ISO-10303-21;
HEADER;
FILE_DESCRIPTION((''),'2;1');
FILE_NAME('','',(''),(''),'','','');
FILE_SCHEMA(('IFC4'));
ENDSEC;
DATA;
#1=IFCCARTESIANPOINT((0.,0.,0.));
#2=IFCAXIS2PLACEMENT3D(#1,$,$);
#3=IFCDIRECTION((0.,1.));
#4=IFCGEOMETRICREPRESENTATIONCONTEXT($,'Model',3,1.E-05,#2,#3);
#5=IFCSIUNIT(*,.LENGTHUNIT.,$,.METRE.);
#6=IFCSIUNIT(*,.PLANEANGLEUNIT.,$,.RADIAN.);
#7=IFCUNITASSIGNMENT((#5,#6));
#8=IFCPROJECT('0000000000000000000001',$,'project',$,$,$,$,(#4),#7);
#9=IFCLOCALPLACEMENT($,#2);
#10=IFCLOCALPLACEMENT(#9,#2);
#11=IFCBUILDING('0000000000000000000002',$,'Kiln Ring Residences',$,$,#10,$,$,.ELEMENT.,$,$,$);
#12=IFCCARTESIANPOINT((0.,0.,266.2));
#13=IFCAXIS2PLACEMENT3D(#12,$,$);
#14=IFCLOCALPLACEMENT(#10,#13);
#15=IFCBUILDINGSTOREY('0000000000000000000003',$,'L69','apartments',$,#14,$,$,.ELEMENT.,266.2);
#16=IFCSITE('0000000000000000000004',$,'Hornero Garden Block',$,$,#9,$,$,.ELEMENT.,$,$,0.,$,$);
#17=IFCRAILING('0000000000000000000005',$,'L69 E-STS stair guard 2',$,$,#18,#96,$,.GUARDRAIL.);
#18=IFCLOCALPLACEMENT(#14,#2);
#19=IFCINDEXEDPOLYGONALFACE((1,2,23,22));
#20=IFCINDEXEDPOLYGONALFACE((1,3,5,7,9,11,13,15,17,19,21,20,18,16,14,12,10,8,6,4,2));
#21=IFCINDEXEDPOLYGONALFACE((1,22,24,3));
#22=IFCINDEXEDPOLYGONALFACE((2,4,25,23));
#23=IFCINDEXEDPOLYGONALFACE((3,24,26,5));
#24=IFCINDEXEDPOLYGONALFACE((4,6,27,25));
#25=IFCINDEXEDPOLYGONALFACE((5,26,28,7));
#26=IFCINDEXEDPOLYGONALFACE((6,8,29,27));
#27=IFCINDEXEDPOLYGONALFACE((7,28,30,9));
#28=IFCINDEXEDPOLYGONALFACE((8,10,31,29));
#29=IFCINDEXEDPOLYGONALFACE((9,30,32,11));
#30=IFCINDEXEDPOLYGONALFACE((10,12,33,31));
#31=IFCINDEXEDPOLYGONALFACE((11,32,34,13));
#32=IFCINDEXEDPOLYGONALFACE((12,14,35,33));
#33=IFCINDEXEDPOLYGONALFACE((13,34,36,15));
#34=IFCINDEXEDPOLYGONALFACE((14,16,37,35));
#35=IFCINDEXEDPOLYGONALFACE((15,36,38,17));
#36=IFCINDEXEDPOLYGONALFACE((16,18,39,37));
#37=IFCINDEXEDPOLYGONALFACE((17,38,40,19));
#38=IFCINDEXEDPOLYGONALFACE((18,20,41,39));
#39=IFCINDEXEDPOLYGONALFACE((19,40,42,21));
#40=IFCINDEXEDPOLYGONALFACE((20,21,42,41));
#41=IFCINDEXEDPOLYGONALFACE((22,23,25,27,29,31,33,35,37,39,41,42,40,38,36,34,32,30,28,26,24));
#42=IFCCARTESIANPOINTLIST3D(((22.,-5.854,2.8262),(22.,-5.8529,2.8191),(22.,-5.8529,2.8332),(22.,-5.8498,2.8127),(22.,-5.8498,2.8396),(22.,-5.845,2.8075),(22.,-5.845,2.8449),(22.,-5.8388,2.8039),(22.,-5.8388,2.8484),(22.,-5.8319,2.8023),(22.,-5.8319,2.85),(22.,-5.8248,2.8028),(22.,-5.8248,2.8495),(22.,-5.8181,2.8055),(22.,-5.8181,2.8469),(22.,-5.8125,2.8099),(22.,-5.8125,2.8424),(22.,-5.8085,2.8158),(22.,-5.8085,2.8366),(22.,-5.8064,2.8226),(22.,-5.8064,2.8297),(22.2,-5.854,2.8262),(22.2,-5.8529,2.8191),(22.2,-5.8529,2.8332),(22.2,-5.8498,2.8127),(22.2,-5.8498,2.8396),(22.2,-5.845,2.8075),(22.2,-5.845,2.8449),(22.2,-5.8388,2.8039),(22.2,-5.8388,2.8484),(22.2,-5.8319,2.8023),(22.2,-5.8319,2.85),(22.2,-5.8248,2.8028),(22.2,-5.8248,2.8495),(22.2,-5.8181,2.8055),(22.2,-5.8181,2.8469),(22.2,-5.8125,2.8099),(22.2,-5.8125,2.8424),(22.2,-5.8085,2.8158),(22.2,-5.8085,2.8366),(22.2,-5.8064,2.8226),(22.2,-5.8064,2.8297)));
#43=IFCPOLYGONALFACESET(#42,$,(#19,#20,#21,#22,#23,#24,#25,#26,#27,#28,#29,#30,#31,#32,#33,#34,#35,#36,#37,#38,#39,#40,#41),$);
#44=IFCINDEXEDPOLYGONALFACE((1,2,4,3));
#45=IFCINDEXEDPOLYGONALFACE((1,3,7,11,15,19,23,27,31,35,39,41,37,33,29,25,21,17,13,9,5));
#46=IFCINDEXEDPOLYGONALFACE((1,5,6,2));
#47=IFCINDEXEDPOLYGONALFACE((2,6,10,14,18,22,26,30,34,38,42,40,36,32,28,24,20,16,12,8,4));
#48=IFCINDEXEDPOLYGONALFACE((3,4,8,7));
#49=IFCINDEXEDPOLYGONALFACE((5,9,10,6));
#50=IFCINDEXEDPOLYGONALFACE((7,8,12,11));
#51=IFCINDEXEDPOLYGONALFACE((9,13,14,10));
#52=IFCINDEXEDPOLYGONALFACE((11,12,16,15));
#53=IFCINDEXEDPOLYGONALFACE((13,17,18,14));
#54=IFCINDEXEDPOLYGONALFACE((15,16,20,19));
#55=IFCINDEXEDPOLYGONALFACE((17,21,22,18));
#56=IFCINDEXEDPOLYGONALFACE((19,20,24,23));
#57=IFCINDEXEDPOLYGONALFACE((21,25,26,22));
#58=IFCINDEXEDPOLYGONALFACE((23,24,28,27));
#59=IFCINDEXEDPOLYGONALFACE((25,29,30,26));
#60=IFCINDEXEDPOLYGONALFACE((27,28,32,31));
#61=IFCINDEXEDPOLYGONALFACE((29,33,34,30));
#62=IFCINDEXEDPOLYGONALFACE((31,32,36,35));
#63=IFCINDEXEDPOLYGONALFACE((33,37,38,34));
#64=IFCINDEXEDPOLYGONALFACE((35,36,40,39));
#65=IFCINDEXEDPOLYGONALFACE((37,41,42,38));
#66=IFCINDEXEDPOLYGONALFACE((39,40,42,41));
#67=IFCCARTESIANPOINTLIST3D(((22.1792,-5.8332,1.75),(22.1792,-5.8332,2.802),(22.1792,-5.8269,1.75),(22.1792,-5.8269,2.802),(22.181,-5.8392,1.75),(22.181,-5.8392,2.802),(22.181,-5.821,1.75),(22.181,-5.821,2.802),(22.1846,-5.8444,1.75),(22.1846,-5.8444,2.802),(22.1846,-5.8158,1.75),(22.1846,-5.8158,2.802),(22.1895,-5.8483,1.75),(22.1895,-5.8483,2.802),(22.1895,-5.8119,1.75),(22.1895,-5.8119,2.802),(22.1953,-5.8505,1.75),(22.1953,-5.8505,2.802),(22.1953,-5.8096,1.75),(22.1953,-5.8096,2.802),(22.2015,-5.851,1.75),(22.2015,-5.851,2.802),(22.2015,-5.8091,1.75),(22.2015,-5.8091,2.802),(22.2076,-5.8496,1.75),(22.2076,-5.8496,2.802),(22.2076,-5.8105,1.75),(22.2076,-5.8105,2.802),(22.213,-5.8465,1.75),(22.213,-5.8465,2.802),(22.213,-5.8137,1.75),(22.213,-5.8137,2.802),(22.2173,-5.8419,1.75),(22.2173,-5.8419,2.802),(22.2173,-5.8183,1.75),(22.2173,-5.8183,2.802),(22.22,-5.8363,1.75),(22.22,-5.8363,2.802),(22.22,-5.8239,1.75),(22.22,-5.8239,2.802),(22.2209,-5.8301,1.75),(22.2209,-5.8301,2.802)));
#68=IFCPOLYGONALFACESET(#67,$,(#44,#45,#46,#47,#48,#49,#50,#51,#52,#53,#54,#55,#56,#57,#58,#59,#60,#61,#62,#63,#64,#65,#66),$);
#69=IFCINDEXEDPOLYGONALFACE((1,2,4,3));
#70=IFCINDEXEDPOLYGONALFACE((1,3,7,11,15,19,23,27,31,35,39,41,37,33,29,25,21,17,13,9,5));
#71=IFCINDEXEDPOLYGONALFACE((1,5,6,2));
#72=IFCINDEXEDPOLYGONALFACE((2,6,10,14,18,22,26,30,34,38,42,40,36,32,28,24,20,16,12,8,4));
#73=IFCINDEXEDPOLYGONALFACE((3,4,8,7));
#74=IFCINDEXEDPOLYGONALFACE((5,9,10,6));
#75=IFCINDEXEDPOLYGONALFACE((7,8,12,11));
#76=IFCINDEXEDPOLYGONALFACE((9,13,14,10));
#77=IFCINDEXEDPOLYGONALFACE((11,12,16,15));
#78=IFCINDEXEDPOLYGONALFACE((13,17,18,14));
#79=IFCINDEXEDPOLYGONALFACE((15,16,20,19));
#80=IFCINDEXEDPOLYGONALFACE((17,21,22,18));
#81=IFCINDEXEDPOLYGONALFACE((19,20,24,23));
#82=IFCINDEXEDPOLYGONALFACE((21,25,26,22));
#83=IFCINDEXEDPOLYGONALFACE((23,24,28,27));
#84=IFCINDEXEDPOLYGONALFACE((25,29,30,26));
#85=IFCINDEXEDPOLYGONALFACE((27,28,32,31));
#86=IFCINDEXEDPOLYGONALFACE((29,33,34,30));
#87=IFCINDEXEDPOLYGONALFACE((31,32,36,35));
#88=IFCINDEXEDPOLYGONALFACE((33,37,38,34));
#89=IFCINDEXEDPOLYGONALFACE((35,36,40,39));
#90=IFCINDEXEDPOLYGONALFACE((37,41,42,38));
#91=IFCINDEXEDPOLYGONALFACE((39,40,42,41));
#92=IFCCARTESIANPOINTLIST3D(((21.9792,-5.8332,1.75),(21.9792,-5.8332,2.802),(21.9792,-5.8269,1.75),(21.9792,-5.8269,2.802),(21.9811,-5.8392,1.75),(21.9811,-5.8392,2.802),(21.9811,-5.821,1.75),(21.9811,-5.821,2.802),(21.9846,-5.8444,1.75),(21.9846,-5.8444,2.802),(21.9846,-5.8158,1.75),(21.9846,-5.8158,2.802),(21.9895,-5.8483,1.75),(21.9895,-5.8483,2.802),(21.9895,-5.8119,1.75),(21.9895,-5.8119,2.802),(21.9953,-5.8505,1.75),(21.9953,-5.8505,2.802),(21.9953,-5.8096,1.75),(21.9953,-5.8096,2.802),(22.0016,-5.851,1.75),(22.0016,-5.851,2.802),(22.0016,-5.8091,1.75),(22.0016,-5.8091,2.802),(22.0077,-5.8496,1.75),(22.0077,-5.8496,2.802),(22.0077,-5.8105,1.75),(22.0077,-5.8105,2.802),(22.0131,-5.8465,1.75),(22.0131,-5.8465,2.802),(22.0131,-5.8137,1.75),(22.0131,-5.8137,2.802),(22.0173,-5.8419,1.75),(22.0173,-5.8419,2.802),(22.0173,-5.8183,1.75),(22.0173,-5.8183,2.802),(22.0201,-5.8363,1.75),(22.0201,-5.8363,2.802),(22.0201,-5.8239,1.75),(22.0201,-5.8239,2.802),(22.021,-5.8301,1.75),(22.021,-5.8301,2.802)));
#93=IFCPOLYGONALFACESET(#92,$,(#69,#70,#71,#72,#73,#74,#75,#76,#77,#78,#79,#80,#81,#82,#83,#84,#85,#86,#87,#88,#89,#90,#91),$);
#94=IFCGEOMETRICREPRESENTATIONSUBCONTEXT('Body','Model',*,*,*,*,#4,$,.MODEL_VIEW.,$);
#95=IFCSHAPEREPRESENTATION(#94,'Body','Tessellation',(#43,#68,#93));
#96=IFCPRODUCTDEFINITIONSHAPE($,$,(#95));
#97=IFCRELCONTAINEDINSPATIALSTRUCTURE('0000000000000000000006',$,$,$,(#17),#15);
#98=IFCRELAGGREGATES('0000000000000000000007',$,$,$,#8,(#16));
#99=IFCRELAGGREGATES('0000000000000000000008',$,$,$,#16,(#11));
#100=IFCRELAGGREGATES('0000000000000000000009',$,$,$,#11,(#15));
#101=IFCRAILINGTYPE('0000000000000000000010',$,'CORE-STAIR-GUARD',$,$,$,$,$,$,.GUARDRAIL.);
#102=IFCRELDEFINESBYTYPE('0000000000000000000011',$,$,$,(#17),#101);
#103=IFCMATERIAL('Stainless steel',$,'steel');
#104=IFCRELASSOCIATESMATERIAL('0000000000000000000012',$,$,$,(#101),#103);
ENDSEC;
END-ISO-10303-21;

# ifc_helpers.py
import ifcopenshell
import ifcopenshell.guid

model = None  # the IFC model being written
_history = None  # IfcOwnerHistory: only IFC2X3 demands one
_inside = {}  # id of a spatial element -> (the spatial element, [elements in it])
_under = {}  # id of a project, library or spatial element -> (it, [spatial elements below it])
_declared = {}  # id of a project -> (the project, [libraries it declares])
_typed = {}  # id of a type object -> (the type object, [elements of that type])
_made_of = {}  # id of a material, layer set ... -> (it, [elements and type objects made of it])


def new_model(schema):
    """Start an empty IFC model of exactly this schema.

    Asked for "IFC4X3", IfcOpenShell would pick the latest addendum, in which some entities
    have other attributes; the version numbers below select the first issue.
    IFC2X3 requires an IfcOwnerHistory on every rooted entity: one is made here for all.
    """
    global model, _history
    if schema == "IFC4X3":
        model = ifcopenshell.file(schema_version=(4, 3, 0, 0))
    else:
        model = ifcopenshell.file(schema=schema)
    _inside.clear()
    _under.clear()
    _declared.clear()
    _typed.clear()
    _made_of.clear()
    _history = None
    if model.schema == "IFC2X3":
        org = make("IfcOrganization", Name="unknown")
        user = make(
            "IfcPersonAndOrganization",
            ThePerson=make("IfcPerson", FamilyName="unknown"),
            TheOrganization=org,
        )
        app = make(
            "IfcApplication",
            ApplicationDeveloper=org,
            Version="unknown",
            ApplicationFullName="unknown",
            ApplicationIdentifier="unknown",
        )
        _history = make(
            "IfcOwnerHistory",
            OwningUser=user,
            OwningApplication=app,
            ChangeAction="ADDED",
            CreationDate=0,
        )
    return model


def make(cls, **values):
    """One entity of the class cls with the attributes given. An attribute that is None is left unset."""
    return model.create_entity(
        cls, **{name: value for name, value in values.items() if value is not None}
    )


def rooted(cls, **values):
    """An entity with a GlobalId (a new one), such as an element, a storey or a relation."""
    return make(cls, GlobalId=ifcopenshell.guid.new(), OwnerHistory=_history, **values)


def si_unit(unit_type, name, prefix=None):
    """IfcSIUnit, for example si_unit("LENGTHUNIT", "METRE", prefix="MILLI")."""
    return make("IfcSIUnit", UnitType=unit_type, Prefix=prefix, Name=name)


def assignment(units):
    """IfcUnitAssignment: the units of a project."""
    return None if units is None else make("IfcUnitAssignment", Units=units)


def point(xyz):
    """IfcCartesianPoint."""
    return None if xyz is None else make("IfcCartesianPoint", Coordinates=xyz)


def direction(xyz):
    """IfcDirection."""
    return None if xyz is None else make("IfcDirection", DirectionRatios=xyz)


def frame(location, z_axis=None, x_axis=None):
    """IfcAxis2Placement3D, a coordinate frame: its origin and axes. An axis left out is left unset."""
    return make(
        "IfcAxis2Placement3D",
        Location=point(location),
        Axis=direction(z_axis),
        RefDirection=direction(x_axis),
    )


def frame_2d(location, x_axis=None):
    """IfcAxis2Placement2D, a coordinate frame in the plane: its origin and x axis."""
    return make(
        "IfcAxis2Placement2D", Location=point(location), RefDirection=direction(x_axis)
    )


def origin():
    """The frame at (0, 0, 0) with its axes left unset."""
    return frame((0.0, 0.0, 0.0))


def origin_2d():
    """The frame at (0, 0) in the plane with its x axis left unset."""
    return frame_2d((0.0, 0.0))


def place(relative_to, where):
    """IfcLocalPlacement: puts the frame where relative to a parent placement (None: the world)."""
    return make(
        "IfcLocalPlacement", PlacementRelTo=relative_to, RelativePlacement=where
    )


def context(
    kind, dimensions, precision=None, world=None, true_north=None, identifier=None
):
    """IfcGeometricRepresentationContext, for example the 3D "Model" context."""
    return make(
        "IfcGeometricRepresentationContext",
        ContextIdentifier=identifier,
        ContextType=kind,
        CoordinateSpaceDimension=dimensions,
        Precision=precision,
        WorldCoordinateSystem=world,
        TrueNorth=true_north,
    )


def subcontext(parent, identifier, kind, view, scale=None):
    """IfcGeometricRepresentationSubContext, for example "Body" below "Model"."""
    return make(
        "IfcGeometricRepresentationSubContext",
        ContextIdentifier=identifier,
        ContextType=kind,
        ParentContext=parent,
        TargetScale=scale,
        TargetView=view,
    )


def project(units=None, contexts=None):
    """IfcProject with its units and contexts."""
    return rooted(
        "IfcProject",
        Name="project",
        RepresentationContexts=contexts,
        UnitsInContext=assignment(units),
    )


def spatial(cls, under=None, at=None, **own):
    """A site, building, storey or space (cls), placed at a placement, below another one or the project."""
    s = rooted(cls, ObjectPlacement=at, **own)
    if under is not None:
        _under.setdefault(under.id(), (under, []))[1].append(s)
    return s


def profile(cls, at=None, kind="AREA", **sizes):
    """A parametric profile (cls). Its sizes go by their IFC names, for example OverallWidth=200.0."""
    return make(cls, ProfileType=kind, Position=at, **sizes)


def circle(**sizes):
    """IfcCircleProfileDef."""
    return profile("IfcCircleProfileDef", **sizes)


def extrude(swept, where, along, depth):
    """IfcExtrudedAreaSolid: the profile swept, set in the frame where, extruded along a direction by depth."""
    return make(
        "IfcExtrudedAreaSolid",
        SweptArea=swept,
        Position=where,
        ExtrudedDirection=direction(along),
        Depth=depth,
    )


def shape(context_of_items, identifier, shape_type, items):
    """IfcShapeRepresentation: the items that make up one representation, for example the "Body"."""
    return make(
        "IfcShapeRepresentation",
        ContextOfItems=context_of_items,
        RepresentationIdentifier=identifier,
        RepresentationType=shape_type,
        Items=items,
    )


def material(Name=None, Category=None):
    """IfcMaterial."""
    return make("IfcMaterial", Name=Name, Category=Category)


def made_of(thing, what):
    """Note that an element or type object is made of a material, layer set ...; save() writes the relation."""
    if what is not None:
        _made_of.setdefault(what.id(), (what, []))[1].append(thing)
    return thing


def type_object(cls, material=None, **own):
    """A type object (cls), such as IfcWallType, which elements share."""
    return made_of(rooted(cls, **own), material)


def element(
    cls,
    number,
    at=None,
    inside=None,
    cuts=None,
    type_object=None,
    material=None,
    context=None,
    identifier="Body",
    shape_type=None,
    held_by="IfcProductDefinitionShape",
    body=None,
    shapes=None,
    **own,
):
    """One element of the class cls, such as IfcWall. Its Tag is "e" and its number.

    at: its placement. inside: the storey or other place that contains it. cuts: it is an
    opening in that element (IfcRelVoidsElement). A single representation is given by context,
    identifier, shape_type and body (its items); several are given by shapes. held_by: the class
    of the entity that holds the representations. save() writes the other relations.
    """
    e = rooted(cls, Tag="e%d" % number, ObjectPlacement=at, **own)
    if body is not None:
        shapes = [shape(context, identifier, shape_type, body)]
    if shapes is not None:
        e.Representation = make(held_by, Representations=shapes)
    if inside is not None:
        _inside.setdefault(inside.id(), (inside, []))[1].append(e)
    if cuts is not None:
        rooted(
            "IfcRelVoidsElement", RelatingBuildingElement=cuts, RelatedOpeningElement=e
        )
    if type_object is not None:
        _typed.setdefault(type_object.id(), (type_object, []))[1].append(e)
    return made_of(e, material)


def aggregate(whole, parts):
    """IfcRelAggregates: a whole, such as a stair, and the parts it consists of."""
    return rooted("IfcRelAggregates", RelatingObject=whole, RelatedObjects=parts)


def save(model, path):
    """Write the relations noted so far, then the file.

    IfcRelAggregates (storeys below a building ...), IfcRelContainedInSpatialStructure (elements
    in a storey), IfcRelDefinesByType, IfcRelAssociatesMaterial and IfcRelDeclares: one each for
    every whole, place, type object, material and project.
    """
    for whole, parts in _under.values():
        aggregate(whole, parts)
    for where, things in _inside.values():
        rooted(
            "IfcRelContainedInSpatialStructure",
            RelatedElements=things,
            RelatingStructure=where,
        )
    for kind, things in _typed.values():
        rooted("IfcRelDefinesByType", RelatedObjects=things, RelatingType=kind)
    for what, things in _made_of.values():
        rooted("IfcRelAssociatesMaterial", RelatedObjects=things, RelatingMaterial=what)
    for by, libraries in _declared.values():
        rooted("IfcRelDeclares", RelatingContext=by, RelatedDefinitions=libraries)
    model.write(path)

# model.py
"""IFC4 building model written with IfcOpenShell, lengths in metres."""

from ifc_helpers import new_model, si_unit, direction, frame, origin, origin_2d, place, context, subcontext, project, spatial, circle, extrude, material, type_object, element, save


model = new_model("IFC4")

# Units and contexts
model_context = context("Model", 3, precision=1e-05, world=origin(), true_north=direction((0.0, 1.0)))
body_context = subcontext(model_context, "Body", "Model", "MODEL_VIEW")
ifc_project = project(units=[si_unit("LENGTHUNIT", "METRE"), si_unit("PLANEANGLEUNIT", "RADIAN")], contexts=[model_context])

# Site, building, storey
site_placement = place(None, origin())
site = spatial("IfcSite", under=ifc_project, at=site_placement, Name="Hornero Garden Block", CompositionType="ELEMENT", RefElevation=0.0)
building_placement = place(site_placement, origin())
building = spatial("IfcBuilding", under=site, at=building_placement, Name="Kiln Ring Residences", CompositionType="ELEMENT")
storey_placement = place(building_placement, frame((0.0, 0.0, 266.2)))
storey = spatial("IfcBuildingStorey", under=building, at=storey_placement, Name="L69", Description="apartments", CompositionType="ELEMENT", Elevation=266.2)

# Railing
ifc_material_1 = material(Name="Stainless steel", Category="steel")
railing_type_1 = type_object("IfcRailingType", Name="CORE-STAIR-GUARD", PredefinedType="GUARDRAIL", material=ifc_material_1)
railing_1_placement = place(storey_placement, frame((22.2, -5.8301, 1.75)))
element("IfcRailing", 1, at=railing_1_placement, inside=storey, type_object=railing_type_1, Name="L69 E-STS stair guard 2", PredefinedType="GUARDRAIL", context=body_context, shape_type="SweptSolid", body=[
    extrude(circle(Radius=0.0239, at=origin_2d()), frame((0.0, 0.0, 1.0762), z_axis=(-1.0, 0.0, 0.0), x_axis=(0.0, -1.0, 0.0)), (0.0, 0.0, 1.0), 0.2),
    extrude(circle(Radius=0.021, at=origin_2d()), origin(), (0.0, 0.0, 1.0), 1.052),
    extrude(circle(Radius=0.021, at=origin_2d()), frame((-0.2, 0.0, 0.0)), (0.0, 0.0, 1.0), 1.052),
])

save(model, "model.ifc")
